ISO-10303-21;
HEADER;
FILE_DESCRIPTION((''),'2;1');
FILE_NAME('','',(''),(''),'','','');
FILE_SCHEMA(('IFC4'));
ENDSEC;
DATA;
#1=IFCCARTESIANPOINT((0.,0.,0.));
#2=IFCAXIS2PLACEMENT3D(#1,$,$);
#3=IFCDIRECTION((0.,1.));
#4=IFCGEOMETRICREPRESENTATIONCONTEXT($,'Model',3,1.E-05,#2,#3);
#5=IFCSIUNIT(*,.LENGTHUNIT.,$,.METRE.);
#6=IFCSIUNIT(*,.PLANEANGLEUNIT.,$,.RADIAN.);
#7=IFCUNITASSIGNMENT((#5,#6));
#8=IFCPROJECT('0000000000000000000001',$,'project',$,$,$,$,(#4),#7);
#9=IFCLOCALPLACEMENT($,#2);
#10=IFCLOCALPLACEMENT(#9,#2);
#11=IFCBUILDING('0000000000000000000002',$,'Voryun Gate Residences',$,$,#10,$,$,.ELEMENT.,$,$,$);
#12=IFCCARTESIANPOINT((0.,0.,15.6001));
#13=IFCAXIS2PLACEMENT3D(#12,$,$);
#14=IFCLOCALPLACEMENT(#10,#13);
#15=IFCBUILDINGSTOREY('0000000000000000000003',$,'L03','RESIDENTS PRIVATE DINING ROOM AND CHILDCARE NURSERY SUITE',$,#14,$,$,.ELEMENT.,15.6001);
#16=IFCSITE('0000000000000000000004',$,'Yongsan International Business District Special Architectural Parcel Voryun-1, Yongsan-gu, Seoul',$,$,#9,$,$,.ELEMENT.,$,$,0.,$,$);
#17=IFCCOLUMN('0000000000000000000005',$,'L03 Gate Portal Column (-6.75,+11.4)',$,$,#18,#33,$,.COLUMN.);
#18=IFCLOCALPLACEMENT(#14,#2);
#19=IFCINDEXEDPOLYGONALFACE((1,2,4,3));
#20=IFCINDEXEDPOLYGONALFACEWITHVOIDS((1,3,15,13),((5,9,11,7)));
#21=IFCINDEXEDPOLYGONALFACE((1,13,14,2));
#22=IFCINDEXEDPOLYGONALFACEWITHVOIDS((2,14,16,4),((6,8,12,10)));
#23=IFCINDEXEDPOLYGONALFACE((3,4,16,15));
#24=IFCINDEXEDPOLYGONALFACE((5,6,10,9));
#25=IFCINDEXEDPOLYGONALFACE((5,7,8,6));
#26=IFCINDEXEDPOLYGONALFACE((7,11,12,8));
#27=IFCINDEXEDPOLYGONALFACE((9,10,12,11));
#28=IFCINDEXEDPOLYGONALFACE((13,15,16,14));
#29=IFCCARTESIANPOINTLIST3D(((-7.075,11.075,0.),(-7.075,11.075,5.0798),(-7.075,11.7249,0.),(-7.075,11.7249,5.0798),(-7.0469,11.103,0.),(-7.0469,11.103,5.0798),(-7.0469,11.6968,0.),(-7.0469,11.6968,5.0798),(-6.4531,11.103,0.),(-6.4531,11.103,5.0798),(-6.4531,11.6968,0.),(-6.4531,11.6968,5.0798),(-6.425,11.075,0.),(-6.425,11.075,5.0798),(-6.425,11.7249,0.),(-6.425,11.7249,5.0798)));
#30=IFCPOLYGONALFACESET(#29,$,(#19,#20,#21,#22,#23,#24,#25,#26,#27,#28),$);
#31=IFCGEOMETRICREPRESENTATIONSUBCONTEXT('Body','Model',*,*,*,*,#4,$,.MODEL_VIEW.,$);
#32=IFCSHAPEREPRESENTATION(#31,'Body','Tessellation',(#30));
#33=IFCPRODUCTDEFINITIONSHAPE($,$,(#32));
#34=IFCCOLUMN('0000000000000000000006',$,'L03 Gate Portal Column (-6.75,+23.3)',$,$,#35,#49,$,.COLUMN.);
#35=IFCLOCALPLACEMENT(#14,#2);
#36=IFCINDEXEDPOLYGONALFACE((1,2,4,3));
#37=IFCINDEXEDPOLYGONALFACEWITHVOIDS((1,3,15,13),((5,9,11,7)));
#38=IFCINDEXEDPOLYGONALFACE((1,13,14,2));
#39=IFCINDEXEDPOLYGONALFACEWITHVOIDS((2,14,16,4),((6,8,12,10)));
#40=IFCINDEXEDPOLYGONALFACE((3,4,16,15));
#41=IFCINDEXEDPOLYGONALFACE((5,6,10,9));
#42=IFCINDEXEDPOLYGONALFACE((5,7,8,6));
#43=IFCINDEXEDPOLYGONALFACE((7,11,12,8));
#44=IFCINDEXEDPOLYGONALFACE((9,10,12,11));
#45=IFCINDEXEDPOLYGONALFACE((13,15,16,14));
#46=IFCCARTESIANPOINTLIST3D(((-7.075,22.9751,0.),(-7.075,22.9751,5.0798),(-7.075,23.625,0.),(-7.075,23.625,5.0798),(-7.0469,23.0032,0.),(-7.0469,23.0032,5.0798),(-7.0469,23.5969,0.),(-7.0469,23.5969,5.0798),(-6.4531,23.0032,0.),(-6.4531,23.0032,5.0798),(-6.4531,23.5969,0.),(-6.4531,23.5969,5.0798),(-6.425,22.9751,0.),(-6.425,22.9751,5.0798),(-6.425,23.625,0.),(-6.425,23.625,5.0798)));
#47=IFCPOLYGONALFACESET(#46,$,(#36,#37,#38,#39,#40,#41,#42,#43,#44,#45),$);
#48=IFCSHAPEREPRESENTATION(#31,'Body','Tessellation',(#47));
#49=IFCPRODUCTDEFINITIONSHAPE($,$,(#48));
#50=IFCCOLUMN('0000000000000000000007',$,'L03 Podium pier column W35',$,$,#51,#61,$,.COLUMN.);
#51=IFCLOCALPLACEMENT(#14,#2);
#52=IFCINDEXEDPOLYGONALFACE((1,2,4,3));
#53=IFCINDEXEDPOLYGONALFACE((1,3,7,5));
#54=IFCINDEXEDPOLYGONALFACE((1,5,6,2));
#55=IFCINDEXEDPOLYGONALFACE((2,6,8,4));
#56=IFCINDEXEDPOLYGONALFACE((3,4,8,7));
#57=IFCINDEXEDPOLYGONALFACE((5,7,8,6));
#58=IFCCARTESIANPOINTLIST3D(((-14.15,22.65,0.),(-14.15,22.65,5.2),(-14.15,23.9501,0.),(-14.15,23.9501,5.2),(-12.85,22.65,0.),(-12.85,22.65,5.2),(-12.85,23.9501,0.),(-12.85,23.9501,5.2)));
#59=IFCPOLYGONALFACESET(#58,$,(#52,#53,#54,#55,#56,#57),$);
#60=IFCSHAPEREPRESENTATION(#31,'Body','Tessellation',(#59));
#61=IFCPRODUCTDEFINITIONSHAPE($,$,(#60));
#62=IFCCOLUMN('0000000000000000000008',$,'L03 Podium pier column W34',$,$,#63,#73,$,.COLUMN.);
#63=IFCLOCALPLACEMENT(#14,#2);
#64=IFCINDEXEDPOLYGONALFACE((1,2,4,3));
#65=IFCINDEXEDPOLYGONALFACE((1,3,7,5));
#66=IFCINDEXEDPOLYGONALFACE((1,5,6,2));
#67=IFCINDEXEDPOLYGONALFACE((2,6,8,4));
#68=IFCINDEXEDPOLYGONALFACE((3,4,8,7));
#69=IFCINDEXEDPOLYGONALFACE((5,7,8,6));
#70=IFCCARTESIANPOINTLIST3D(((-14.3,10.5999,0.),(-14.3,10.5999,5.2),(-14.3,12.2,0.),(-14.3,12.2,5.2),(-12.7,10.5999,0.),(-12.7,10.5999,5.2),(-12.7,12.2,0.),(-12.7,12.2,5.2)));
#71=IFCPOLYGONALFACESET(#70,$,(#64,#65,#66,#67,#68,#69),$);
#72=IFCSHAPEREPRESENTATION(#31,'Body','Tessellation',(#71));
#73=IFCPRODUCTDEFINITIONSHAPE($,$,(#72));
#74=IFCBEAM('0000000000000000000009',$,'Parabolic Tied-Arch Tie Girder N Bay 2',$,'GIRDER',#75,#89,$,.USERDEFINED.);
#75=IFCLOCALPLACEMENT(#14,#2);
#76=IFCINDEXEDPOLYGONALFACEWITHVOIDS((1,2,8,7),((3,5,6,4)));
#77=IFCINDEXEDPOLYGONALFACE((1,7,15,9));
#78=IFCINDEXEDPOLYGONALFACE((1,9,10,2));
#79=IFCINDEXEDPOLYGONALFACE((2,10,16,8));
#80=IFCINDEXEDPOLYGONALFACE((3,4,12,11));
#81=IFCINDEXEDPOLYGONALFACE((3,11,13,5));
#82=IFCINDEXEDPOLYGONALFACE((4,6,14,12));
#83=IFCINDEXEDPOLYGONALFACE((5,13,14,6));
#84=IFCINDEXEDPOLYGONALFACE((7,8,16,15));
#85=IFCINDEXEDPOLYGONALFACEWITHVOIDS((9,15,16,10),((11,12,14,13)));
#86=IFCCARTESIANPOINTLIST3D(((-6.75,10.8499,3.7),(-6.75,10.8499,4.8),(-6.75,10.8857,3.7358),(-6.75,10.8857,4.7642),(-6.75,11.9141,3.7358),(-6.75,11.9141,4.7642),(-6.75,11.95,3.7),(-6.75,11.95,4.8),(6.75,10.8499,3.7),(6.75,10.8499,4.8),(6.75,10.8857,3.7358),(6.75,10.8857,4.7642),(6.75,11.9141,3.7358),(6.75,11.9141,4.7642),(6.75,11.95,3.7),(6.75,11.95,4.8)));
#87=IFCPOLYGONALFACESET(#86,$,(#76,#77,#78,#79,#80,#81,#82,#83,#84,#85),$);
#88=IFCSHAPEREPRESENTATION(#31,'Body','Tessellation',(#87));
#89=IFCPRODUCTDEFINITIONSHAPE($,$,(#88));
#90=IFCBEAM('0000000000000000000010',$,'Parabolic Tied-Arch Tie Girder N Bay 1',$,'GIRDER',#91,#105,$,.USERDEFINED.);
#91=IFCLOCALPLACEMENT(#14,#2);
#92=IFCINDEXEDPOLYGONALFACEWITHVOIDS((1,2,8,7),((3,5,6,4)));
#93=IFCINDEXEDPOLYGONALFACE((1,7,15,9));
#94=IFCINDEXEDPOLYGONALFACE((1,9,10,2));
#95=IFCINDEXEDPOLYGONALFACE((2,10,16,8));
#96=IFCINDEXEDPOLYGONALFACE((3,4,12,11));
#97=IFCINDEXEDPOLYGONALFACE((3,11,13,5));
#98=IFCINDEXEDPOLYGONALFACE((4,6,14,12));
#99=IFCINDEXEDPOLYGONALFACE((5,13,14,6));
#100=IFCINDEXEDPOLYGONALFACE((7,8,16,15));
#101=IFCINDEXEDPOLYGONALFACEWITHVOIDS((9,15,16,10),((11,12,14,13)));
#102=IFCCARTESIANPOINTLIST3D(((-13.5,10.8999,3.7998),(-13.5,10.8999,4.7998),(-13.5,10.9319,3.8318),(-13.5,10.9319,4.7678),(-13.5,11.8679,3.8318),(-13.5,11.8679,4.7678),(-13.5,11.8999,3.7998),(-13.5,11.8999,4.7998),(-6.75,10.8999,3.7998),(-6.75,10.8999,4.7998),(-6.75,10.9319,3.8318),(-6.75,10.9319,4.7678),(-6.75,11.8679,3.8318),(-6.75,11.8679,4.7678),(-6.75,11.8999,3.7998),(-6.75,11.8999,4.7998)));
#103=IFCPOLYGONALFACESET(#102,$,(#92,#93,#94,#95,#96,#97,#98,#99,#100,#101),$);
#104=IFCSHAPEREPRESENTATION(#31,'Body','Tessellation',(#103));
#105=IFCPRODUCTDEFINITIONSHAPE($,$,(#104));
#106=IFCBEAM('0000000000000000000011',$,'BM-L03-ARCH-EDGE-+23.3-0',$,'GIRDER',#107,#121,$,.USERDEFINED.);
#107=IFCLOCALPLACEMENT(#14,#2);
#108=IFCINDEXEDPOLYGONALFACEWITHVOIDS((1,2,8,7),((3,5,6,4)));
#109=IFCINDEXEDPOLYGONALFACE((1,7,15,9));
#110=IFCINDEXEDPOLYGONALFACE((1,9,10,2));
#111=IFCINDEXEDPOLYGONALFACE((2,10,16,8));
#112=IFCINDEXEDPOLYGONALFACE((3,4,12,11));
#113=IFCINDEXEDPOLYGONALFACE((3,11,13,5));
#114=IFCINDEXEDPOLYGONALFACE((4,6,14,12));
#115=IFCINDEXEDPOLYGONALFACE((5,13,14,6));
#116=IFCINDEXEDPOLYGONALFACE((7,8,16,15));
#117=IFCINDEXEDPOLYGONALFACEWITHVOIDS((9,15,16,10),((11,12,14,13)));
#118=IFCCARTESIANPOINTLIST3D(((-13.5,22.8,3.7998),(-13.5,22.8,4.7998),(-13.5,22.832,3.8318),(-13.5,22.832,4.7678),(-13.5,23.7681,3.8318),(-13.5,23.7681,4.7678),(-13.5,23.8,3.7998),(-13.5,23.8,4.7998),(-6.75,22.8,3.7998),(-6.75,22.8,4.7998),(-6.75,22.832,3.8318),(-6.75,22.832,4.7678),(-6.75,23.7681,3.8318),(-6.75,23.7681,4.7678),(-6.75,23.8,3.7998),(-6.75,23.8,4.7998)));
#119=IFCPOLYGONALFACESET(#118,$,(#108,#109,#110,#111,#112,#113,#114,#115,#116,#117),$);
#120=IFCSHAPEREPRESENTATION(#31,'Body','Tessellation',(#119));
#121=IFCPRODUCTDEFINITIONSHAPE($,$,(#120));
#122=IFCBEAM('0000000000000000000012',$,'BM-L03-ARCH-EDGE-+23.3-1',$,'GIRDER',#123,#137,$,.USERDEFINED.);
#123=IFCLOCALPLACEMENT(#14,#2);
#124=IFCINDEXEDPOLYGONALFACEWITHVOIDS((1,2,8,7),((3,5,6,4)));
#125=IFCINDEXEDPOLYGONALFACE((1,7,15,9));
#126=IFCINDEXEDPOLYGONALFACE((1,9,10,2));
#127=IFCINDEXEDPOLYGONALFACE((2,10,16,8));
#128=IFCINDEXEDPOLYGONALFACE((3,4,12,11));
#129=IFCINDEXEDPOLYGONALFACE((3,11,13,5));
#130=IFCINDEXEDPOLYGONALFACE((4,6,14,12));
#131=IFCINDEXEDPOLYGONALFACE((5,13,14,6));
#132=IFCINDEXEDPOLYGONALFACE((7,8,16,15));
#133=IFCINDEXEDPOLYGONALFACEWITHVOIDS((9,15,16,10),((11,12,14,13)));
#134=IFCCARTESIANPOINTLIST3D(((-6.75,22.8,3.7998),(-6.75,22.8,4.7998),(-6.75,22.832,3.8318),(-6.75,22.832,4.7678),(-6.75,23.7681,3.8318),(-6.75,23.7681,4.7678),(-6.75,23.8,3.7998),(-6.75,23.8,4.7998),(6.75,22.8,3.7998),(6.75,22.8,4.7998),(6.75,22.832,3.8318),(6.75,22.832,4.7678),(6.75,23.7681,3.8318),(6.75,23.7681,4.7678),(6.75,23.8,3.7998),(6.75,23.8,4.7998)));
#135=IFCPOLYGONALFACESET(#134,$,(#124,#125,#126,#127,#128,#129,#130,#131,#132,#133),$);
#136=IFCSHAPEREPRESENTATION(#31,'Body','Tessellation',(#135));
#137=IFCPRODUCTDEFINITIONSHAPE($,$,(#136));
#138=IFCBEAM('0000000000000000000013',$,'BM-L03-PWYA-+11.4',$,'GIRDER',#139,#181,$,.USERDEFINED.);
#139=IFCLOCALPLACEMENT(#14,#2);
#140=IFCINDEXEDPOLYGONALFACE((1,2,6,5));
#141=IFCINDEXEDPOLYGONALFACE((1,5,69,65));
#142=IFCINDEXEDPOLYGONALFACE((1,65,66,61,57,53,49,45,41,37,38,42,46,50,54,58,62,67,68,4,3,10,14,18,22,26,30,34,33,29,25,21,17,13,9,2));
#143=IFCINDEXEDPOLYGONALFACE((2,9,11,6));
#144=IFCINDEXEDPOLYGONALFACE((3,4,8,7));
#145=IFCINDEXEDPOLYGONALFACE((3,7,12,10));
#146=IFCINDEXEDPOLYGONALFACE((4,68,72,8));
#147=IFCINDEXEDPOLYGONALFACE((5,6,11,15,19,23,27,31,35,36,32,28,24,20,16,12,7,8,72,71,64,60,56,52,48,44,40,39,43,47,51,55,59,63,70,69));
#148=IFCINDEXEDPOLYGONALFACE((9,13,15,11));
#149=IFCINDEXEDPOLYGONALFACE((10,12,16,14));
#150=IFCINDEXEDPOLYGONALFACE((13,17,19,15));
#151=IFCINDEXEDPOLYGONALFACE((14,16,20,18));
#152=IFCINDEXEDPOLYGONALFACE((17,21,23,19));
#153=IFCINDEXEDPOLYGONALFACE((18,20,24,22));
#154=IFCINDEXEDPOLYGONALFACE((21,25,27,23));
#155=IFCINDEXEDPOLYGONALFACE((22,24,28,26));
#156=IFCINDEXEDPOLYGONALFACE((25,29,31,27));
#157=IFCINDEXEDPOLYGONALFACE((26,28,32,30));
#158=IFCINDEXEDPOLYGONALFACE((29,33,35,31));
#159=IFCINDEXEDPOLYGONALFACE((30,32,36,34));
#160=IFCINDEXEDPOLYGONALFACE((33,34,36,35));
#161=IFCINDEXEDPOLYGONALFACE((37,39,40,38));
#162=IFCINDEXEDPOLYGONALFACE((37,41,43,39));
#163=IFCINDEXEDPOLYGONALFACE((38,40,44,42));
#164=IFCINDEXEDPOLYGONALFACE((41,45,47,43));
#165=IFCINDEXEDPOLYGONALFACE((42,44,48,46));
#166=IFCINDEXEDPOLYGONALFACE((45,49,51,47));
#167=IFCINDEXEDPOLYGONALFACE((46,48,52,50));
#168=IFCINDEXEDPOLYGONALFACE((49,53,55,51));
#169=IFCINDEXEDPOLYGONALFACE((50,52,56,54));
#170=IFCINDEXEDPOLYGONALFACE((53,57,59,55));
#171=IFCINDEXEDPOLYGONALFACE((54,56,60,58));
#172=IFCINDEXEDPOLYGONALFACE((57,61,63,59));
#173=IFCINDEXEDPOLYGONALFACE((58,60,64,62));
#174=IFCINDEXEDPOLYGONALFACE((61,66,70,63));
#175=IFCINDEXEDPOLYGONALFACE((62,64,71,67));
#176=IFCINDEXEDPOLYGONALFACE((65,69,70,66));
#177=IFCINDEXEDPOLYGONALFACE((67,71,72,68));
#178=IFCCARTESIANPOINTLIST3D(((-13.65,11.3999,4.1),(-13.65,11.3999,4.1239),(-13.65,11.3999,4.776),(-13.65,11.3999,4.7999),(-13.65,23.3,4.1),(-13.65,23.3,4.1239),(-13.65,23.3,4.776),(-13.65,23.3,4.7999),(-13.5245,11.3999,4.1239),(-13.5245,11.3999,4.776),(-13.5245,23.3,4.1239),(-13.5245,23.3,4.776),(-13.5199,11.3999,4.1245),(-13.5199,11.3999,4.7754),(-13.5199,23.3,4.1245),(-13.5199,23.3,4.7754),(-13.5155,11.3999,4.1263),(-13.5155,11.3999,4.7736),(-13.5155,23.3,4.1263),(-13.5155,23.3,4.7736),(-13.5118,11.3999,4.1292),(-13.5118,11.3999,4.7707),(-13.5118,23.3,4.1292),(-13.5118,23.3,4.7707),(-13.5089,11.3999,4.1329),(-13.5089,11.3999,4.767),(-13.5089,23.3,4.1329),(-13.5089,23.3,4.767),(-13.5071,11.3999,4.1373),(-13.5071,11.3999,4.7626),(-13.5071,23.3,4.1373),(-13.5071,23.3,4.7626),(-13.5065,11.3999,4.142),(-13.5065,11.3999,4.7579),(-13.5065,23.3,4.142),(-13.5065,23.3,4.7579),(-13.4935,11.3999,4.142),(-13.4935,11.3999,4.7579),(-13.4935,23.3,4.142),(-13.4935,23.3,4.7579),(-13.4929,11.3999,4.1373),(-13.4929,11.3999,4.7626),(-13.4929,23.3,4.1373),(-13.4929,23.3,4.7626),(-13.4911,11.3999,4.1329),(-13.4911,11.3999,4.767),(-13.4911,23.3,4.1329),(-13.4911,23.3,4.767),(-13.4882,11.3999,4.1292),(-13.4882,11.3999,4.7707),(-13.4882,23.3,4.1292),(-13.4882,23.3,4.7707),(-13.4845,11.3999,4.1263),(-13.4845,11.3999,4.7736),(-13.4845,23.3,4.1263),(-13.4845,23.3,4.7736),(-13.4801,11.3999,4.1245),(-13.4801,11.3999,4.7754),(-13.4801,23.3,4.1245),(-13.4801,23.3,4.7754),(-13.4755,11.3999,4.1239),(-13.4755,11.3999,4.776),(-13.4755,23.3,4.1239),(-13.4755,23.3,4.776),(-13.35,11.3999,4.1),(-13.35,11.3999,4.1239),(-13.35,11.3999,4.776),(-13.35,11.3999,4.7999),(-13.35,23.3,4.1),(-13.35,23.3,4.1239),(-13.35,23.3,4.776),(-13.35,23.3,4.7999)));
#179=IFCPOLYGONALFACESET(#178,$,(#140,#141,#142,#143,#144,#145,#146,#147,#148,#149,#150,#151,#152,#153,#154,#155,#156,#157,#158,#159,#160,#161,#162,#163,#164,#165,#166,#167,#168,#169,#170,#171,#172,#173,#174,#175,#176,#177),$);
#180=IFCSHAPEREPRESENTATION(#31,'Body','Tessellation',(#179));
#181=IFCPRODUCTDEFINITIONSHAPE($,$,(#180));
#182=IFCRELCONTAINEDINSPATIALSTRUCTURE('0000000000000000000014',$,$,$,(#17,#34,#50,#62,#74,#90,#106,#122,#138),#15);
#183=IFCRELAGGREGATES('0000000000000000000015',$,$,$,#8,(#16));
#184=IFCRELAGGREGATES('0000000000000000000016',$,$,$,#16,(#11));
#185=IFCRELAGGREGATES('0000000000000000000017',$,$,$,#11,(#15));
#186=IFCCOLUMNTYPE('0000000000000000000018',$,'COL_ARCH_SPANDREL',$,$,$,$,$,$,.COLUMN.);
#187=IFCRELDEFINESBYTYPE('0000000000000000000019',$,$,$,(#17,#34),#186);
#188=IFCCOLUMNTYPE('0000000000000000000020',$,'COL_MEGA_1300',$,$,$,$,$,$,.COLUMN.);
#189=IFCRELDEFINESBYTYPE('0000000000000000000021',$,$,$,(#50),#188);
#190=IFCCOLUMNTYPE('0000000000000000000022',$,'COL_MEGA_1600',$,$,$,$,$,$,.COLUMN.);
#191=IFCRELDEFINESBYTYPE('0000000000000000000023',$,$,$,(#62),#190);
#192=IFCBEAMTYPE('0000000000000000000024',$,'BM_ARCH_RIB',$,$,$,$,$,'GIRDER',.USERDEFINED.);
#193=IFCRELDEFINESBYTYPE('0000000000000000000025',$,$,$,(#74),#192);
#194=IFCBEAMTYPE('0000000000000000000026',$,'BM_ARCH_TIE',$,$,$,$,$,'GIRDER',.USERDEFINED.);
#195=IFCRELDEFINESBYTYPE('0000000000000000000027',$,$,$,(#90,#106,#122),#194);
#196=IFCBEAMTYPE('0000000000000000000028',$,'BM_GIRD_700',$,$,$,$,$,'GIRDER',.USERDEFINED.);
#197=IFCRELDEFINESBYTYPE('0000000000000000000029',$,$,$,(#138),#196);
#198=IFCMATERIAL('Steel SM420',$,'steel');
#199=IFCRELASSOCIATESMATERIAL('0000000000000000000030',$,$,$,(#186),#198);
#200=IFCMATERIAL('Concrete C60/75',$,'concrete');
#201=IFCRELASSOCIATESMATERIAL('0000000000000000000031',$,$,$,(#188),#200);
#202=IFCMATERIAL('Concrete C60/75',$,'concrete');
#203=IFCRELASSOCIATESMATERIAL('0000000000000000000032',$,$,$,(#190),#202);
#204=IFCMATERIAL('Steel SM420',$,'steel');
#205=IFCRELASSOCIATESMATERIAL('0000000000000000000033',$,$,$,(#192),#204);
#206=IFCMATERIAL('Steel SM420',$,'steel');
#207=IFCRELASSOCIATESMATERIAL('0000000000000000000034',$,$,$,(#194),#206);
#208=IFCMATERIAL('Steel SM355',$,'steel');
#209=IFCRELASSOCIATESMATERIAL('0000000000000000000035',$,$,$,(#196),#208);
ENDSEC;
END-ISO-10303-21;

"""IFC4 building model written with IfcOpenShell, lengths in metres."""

from ifc_helpers import new_model, si_unit, direction, frame, origin, origin_2d, place, context, subcontext, project, spatial, rectangle, hollow_rectangle, i_section, extrude, material, material_profile, profile_set, type_object, element, save


model = new_model("IFC4")

# Units and contexts
model_context = context("Model", 3, precision=1e-05, world=origin(), true_north=direction((0.0, 1.0)))
body_context = subcontext(model_context, "Body", "Model", "MODEL_VIEW")
ifc_project = project(units=[si_unit("LENGTHUNIT", "METRE"), si_unit("PLANEANGLEUNIT", "RADIAN")], contexts=[model_context])

# Site, building, storey
site_placement = place(None, origin())
site = spatial("IfcSite", under=ifc_project, at=site_placement, Name="Yongsan International Business District Special Architectural Parcel Voryun-1, Yongsan-gu, Seoul", CompositionType="ELEMENT", RefElevation=0.0)
building_placement = place(site_placement, origin())
building = spatial("IfcBuilding", under=site, at=building_placement, Name="Voryun Gate Residences", CompositionType="ELEMENT")
storey_placement = place(building_placement, frame((0.0, 0.0, 15.6001)))
storey = spatial("IfcBuildingStorey", under=building, at=storey_placement, Name="L03", Description="RESIDENTS PRIVATE DINING ROOM AND CHILDCARE NURSERY SUITE", CompositionType="ELEMENT", Elevation=15.6001)

# Columns
ifc_material_1 = material(Name="Steel SM420", Category="steel")
ifc_material_profile_1 = material_profile(ifc_material_1, hollow_rectangle(XDim=0.6499, YDim=0.6499, WallThickness=0.0281, at=origin_2d()), Name="BOX-650x650x28")
ifc_profile_set_1 = profile_set([ifc_material_profile_1], Name="Steel SM420")
column_type_1 = type_object("IfcColumnType", Name="COL_ARCH_SPANDREL", PredefinedType="COLUMN", material=ifc_profile_set_1)
for number, where, z_axis, x_axis, name in (
    (1, (-6.75, 11.3999, 0.0), (0.0, 0.0, 1.0), (1.0, 0.0, 0.0), "L03 Gate Portal Column (-6.75,+11.4)"),
    (2, (-6.75, 23.3, 0.0), (0.0, 0.0, 1.0), (1.0, 0.0, 0.0), "L03 Gate Portal Column (-6.75,+23.3)"),
):
    element("IfcColumn", number, at=place(storey_placement, frame(where, z_axis=z_axis, x_axis=x_axis)), inside=storey, type_object=column_type_1, Name=name, PredefinedType="COLUMN", context=body_context, shape_type="SweptSolid", body=[
        extrude(hollow_rectangle(XDim=0.6499, YDim=0.6499, WallThickness=0.0281, at=origin_2d()), origin(), (0.0, 0.0, 1.0), 5.0798),
    ])
ifc_material_2 = material(Name="Concrete C60/75", Category="concrete")
ifc_material_profile_2 = material_profile(ifc_material_2, rectangle(XDim=1.3, YDim=1.3, at=origin_2d()), Name="RC-1300x1300")
ifc_profile_set_2 = profile_set([ifc_material_profile_2], Name="Concrete C60/75")
column_type_2 = type_object("IfcColumnType", Name="COL_MEGA_1300", PredefinedType="COLUMN", material=ifc_profile_set_2)
column_1_placement = place(storey_placement, frame((-13.5, 23.3, 0.0), z_axis=(0.0, 0.0, 1.0), x_axis=(1.0, 0.0, 0.0)))
element("IfcColumn", 3, at=column_1_placement, inside=storey, type_object=column_type_2, Name="L03 Podium pier column W35", PredefinedType="COLUMN", context=body_context, shape_type="SweptSolid", body=[
    extrude(rectangle(XDim=1.3, YDim=1.3, at=origin_2d()), origin(), (0.0, 0.0, 1.0), 5.2),
])
ifc_material_3 = material(Name="Concrete C60/75", Category="concrete")
ifc_material_profile_3 = material_profile(ifc_material_3, rectangle(XDim=1.6001, YDim=1.6001, at=origin_2d()), Name="RC-1600x1600")
ifc_profile_set_3 = profile_set([ifc_material_profile_3], Name="Concrete C60/75")
column_type_3 = type_object("IfcColumnType", Name="COL_MEGA_1600", PredefinedType="COLUMN", material=ifc_profile_set_3)
column_2_placement = place(storey_placement, frame((-13.5, 11.3999, 0.0), z_axis=(0.0, 0.0, 1.0), x_axis=(1.0, 0.0, 0.0)))
element("IfcColumn", 4, at=column_2_placement, inside=storey, type_object=column_type_3, Name="L03 Podium pier column W34", PredefinedType="COLUMN", context=body_context, shape_type="SweptSolid", body=[
    extrude(rectangle(XDim=1.6001, YDim=1.6001, at=origin_2d()), origin(), (0.0, 0.0, 1.0), 5.2),
])

# Beams
ifc_material_4 = material(Name="Steel SM420", Category="steel")
ifc_material_profile_4 = material_profile(ifc_material_4, hollow_rectangle(XDim=1.1001, YDim=1.1001, WallThickness=0.0359, at=origin_2d()), Name="BOX-1100x1100x36")
ifc_profile_set_4 = profile_set([ifc_material_profile_4], Name="Steel SM420")
beam_type_1 = type_object("IfcBeamType", Name="BM_ARCH_RIB", ElementType="GIRDER", PredefinedType="USERDEFINED", material=ifc_profile_set_4)
beam_1_placement = place(storey_placement, frame((-6.75, 11.3999, 4.25), z_axis=(1.0, 0.0, 0.0), x_axis=(0.0, 1.0, 0.0)))
element("IfcBeam", 5, at=beam_1_placement, inside=storey, type_object=beam_type_1, Name="Parabolic Tied-Arch Tie Girder N Bay 2", ObjectType="GIRDER", PredefinedType="USERDEFINED", context=body_context, shape_type="SweptSolid", body=[
    extrude(hollow_rectangle(XDim=1.1001, YDim=1.1001, WallThickness=0.0359, at=origin_2d()), origin(), (0.0, 0.0, 1.0), 13.5),
])
ifc_material_5 = material(Name="Steel SM420", Category="steel")
ifc_material_profile_5 = material_profile(ifc_material_5, hollow_rectangle(XDim=1.0, YDim=1.0, WallThickness=0.032, at=origin_2d()), Name="BOX-1000x1000x32")
ifc_profile_set_5 = profile_set([ifc_material_profile_5], Name="Steel SM420")
beam_type_2 = type_object("IfcBeamType", Name="BM_ARCH_TIE", ElementType="GIRDER", PredefinedType="USERDEFINED", material=ifc_profile_set_5)
for number, where, z_axis, x_axis, name in (
    (6, (-13.5, 11.3999, 4.2998), (1.0, 0.0, 0.0), (0.0, 1.0, 0.0), "Parabolic Tied-Arch Tie Girder N Bay 1"),
    (7, (-13.5, 23.3, 4.2998), (1.0, 0.0, 0.0), (0.0, 1.0, 0.0), "BM-L03-ARCH-EDGE-+23.3-0"),
):
    element("IfcBeam", number, at=place(storey_placement, frame(where, z_axis=z_axis, x_axis=x_axis)), inside=storey, type_object=beam_type_2, Name=name, ObjectType="GIRDER", PredefinedType="USERDEFINED", context=body_context, shape_type="SweptSolid", body=[
        extrude(hollow_rectangle(XDim=1.0, YDim=1.0, WallThickness=0.032, at=origin_2d()), origin(), (0.0, 0.0, 1.0), 6.75),
    ])
beam_2_placement = place(storey_placement, frame((-6.75, 23.3, 4.2998), z_axis=(1.0, 0.0, 0.0), x_axis=(0.0, 1.0, 0.0)))
element("IfcBeam", 8, at=beam_2_placement, inside=storey, type_object=beam_type_2, Name="BM-L03-ARCH-EDGE-+23.3-1", ObjectType="GIRDER", PredefinedType="USERDEFINED", context=body_context, shape_type="SweptSolid", body=[
    extrude(hollow_rectangle(XDim=1.0, YDim=1.0, WallThickness=0.032, at=origin_2d()), origin(), (0.0, 0.0, 1.0), 13.5),
])
ifc_material_6 = material(Name="Steel SM355", Category="steel")
ifc_material_profile_6 = material_profile(ifc_material_6, i_section(OverallWidth=0.3, OverallDepth=0.7, WebThickness=0.0129, FlangeThickness=0.0239, FilletRadius=0.0181, at=origin_2d()), Name="H-700x300x13x24")
ifc_profile_set_6 = profile_set([ifc_material_profile_6], Name="Steel SM355")
beam_type_3 = type_object("IfcBeamType", Name="BM_GIRD_700", ElementType="GIRDER", PredefinedType="USERDEFINED", material=ifc_profile_set_6)
beam_3_placement = place(storey_placement, frame((-13.5, 11.3999, 4.45), z_axis=(0.0, 1.0, 0.0), x_axis=(-1.0, 0.0, 0.0)))
element("IfcBeam", 9, at=beam_3_placement, inside=storey, type_object=beam_type_3, Name="BM-L03-PWYA-+11.4", ObjectType="GIRDER", PredefinedType="USERDEFINED", context=body_context, shape_type="SweptSolid", body=[
    extrude(i_section(OverallWidth=0.3, OverallDepth=0.7, WebThickness=0.0129, FlangeThickness=0.0239, FilletRadius=0.0181, at=origin_2d()), origin(), (0.0, 0.0, 1.0), 11.9001),
])

save(model, "model.ifc")
